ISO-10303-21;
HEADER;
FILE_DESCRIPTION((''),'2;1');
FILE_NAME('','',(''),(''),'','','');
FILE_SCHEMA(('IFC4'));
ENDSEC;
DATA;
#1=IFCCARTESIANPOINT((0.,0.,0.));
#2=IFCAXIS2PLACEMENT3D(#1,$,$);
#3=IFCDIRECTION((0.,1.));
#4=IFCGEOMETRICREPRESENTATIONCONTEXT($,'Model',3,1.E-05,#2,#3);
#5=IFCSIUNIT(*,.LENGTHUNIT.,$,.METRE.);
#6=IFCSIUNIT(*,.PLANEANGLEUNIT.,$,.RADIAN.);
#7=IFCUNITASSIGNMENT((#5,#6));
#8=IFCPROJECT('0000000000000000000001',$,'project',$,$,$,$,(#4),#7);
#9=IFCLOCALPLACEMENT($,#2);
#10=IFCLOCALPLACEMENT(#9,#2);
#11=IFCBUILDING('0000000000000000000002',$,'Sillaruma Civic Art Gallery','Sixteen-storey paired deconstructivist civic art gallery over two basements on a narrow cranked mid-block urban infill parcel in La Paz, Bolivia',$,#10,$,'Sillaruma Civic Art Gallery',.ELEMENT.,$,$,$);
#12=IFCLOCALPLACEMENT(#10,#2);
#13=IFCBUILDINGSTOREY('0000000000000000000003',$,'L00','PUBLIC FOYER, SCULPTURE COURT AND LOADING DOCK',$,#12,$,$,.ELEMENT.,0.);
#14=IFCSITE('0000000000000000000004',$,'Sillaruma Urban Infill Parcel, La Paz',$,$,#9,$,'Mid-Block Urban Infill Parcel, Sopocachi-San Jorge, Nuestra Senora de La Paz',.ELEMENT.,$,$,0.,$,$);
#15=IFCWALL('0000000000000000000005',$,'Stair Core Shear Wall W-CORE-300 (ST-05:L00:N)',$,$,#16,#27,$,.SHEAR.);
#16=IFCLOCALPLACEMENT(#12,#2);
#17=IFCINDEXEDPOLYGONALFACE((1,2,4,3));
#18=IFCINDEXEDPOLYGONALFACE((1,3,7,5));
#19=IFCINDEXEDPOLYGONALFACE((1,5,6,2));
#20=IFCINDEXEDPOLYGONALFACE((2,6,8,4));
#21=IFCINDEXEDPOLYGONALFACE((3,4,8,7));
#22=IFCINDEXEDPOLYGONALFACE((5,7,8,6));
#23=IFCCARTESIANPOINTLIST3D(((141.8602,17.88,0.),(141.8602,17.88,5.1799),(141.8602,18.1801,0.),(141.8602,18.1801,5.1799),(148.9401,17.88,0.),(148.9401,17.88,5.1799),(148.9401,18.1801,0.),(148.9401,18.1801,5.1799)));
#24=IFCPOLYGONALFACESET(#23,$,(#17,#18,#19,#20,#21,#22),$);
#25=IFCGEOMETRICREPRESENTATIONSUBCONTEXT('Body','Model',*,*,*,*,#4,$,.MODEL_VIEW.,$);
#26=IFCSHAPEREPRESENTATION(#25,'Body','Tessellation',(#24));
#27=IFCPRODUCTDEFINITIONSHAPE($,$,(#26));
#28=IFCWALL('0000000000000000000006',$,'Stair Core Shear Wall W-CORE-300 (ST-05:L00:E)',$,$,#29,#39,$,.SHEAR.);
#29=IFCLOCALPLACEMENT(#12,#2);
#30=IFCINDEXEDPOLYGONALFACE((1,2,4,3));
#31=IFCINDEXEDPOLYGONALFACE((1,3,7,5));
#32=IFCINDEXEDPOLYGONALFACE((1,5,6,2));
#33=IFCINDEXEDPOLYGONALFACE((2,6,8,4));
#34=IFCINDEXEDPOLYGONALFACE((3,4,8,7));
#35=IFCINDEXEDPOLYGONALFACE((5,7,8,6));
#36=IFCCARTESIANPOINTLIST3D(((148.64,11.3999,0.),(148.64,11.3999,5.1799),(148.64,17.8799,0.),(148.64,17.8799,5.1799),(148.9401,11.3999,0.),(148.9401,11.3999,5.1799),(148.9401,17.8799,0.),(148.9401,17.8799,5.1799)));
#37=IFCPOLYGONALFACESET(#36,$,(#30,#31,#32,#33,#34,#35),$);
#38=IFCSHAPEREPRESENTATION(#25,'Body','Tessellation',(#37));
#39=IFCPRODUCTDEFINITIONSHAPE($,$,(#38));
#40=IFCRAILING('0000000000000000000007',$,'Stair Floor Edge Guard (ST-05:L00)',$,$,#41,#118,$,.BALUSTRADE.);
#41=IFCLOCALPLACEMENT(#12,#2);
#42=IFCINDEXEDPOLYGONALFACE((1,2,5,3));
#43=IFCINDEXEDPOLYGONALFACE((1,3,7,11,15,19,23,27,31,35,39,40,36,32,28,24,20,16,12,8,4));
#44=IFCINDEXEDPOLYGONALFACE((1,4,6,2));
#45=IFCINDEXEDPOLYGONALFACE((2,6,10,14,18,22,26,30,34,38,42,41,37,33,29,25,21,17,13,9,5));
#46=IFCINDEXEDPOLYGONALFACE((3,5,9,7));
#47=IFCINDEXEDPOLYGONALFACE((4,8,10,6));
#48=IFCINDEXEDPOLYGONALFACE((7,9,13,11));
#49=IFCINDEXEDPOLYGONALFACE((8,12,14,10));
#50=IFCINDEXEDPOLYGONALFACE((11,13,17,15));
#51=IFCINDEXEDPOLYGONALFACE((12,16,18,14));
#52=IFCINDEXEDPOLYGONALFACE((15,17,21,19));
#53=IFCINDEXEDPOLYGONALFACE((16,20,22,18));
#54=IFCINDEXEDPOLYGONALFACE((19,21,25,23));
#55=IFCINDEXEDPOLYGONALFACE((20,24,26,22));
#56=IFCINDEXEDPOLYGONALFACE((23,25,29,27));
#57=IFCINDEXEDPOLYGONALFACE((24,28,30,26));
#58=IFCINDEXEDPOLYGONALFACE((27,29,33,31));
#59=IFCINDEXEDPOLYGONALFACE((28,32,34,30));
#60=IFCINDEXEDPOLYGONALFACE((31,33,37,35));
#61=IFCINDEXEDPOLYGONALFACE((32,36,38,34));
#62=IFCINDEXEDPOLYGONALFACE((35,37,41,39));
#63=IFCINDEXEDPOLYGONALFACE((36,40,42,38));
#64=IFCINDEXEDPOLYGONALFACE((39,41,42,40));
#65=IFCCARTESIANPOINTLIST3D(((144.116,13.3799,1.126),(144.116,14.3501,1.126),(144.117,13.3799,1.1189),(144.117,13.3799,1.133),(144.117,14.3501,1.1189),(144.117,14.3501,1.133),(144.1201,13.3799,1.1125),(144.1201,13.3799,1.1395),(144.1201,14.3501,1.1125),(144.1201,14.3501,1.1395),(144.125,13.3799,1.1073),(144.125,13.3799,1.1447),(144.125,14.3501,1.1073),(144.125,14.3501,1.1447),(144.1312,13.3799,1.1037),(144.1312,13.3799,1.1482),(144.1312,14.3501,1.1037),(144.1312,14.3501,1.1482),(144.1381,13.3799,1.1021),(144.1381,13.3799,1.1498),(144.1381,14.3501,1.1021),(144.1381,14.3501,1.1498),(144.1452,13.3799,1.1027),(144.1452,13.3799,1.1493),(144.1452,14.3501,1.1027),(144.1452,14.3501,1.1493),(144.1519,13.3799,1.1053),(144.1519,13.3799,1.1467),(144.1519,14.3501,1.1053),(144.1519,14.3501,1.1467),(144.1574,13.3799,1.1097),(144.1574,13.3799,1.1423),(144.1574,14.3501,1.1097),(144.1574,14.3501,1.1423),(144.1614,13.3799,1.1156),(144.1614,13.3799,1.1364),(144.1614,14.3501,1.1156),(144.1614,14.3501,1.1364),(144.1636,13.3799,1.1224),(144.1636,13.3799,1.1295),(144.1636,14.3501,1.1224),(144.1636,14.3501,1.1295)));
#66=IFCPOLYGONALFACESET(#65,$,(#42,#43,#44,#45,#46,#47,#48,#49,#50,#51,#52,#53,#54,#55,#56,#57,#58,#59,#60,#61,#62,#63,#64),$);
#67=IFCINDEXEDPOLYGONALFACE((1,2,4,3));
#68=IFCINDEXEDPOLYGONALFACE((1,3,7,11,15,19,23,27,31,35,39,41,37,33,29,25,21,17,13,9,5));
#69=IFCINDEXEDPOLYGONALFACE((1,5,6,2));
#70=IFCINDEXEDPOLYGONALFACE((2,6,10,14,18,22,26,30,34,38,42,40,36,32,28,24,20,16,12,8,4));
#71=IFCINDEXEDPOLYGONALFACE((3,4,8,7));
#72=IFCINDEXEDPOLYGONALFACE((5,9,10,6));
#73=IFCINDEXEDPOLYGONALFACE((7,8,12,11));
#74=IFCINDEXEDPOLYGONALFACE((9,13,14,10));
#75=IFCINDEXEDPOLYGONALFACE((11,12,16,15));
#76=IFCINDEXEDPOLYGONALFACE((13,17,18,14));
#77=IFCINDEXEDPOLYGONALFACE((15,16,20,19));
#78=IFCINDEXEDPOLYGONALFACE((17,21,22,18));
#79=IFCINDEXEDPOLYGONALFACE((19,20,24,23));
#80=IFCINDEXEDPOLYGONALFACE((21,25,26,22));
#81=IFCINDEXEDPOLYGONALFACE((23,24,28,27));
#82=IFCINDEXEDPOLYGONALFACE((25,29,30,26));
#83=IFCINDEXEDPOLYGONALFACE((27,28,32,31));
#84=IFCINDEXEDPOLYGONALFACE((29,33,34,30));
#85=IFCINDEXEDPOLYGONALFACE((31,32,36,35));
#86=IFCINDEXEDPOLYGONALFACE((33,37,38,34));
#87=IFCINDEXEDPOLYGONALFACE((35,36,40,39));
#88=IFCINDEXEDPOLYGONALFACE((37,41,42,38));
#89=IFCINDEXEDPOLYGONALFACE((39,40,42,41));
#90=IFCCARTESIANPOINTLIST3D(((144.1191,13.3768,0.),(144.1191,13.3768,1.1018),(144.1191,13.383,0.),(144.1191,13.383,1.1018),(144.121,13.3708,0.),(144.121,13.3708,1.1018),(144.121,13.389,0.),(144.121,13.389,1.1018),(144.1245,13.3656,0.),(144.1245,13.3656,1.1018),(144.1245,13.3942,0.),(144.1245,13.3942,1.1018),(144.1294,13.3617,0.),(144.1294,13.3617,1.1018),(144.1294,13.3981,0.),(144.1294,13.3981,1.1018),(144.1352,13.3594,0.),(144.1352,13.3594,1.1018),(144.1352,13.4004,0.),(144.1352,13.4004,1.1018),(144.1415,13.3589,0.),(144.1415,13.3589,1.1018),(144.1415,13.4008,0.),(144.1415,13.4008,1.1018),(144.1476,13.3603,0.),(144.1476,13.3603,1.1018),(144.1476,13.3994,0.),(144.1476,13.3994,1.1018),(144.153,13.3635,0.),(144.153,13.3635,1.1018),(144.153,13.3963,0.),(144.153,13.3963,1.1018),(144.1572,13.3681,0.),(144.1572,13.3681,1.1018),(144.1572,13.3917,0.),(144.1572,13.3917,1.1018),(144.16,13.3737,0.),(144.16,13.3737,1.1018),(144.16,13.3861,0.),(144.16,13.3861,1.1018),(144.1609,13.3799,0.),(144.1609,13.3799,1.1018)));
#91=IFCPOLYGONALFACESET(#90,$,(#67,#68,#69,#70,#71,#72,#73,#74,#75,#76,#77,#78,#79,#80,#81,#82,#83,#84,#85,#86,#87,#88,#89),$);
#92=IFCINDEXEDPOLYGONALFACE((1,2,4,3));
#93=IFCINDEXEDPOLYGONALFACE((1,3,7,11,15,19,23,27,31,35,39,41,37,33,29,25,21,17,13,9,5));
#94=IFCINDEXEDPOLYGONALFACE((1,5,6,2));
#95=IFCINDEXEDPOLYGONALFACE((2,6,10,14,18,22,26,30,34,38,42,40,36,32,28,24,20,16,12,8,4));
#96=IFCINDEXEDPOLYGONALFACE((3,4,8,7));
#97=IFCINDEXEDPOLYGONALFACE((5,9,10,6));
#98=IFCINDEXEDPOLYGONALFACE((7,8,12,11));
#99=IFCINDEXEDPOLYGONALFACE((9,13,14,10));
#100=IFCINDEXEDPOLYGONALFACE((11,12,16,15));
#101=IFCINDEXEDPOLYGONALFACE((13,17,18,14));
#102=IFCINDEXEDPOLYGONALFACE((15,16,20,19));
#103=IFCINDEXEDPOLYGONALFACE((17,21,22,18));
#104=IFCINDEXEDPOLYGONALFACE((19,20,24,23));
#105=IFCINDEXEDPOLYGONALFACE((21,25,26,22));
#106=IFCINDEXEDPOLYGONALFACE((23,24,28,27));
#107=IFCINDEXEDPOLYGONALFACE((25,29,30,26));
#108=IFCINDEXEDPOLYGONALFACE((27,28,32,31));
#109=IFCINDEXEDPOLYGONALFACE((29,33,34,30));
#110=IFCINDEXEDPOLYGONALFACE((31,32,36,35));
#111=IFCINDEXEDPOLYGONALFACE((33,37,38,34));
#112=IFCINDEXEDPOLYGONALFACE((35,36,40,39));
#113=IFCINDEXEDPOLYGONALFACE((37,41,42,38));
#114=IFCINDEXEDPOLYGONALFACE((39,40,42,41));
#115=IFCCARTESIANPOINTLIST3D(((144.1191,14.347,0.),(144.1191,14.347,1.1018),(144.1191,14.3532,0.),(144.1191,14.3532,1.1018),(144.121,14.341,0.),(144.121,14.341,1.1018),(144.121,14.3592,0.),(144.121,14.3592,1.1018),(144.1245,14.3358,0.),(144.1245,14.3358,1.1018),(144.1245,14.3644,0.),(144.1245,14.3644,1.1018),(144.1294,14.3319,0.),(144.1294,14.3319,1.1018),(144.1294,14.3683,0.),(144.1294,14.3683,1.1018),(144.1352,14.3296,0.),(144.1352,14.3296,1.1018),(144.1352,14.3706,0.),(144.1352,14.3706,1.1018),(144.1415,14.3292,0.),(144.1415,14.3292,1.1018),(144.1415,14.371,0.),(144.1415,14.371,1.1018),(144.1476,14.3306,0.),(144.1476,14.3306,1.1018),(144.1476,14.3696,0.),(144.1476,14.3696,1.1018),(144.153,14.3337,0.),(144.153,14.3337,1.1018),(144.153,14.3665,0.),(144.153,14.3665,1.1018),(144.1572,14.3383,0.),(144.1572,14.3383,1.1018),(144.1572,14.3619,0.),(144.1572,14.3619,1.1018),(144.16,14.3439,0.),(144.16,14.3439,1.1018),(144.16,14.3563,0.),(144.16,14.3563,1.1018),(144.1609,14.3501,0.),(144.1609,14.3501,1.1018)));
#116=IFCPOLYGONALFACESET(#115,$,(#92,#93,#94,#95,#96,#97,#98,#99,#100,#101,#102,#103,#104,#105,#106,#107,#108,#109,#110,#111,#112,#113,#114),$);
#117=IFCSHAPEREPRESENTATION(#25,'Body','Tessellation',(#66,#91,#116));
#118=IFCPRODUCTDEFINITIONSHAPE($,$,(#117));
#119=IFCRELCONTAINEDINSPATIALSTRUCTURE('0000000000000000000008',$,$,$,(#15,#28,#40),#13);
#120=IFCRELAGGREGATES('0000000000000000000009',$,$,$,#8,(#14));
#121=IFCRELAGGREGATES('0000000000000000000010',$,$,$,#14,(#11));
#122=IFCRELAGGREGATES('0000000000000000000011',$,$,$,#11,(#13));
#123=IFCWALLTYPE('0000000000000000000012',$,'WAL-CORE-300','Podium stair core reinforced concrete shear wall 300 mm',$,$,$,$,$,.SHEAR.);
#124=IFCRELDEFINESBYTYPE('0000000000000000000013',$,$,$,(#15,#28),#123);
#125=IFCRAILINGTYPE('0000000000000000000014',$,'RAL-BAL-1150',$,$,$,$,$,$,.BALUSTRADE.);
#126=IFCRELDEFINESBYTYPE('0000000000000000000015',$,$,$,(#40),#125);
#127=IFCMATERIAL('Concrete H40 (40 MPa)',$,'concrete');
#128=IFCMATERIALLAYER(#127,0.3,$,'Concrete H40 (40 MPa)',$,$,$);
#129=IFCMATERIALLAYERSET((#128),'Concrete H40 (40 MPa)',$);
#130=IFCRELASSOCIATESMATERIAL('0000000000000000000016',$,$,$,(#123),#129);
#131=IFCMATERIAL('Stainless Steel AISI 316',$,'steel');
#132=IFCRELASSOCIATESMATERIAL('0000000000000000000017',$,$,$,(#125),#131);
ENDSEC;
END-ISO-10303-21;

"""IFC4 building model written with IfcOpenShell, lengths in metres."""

from ifc_helpers import new_model, si_unit, direction, frame, frame_2d, origin, origin_2d, place, context, subcontext, project, spatial, rectangle, circle, extrude, material, layer, layer_set, type_object, element, save


model = new_model("IFC4")

# Units and contexts
model_context = context("Model", 3, precision=1e-05, world=origin(), true_north=direction((0.0, 1.0)))
body_context = subcontext(model_context, "Body", "Model", "MODEL_VIEW")
ifc_project = project(units=[si_unit("LENGTHUNIT", "METRE"), si_unit("PLANEANGLEUNIT", "RADIAN")], contexts=[model_context])

# Site, building, storey
site_placement = place(None, origin())
site = spatial("IfcSite", under=ifc_project, at=site_placement, Name="Sillaruma Urban Infill Parcel, La Paz", LongName="Mid-Block Urban Infill Parcel, Sopocachi-San Jorge, Nuestra Senora de La Paz", CompositionType="ELEMENT", RefElevation=0.0)
building_placement = place(site_placement, origin())
building = spatial("IfcBuilding", under=site, at=building_placement, Name="Sillaruma Civic Art Gallery", Description="Sixteen-storey paired deconstructivist civic art gallery over two basements on a narrow cranked mid-block urban infill parcel in La Paz, Bolivia", LongName="Sillaruma Civic Art Gallery", CompositionType="ELEMENT")
storey_placement = place(building_placement, origin())
storey = spatial("IfcBuildingStorey", under=building, at=storey_placement, Name="L00", Description="PUBLIC FOYER, SCULPTURE COURT AND LOADING DOCK", CompositionType="ELEMENT", Elevation=0.0)

# Shared definitions
ifc_material_1 = material(Name="Concrete H40 (40 MPa)", Category="concrete")

# Walls
ifc_layer = layer(ifc_material_1, 0.3, Name="Concrete H40 (40 MPa)")
ifc_layer_set = layer_set([ifc_layer], Name="Concrete H40 (40 MPa)")
wall_type = type_object("IfcWallType", Name="WAL-CORE-300", Description="Podium stair core reinforced concrete shear wall 300 mm", PredefinedType="SHEAR", material=ifc_layer_set)
wall_1_placement = place(storey_placement, frame((141.8601, 18.03, 0.0), z_axis=(0.0, 0.0, 1.0), x_axis=(1.0, 0.0, 0.0)))
element("IfcWall", 1, at=wall_1_placement, inside=storey, type_object=wall_type, Name="Stair Core Shear Wall W-CORE-300 (ST-05:L00:N)", PredefinedType="SHEAR", context=body_context, shape_type="SweptSolid", body=[
    extrude(rectangle(XDim=7.0798, YDim=0.3, at=frame_2d((3.54, 0.0))), origin(), (0.0, 0.0, 1.0), 5.1799),
])
wall_2_placement = place(storey_placement, frame((148.79, 11.3999, 0.0), z_axis=(0.0, 0.0, 1.0), x_axis=(0.0, 1.0, 0.0)))
element("IfcWall", 2, at=wall_2_placement, inside=storey, type_object=wall_type, Name="Stair Core Shear Wall W-CORE-300 (ST-05:L00:E)", PredefinedType="SHEAR", context=body_context, shape_type="SweptSolid", body=[
    extrude(rectangle(XDim=6.48, YDim=0.3, at=frame_2d((3.24, 0.0))), origin(), (0.0, 0.0, 1.0), 5.1799),
])

# Railing
ifc_material_2 = material(Name="Stainless Steel AISI 316", Category="steel")
railing_type_1 = type_object("IfcRailingType", Name="RAL-BAL-1150", PredefinedType="BALUSTRADE", material=ifc_material_2)
railing_1_placement = place(storey_placement, frame((144.1399, 13.3799, 0.0)))
element("IfcRailing", 3, at=railing_1_placement, inside=storey, type_object=railing_type_1, Name="Stair Floor Edge Guard (ST-05:L00)", PredefinedType="BALUSTRADE", context=body_context, shape_type="SweptSolid", body=[
    extrude(circle(Radius=0.0239, at=origin_2d()), frame((0.0, 0.0, 1.126), z_axis=(0.0, 1.0, 0.0), x_axis=(-1.0, 0.0, 0.0)), (0.0, 0.0, 1.0), 0.9702),
    extrude(circle(Radius=0.021, at=origin_2d()), origin(), (0.0, 0.0, 1.0), 1.1018),
    extrude(circle(Radius=0.021, at=origin_2d()), frame((0.0, 0.9702, 0.0)), (0.0, 0.0, 1.0), 1.1018),
])

save(model, "model.ifc")
